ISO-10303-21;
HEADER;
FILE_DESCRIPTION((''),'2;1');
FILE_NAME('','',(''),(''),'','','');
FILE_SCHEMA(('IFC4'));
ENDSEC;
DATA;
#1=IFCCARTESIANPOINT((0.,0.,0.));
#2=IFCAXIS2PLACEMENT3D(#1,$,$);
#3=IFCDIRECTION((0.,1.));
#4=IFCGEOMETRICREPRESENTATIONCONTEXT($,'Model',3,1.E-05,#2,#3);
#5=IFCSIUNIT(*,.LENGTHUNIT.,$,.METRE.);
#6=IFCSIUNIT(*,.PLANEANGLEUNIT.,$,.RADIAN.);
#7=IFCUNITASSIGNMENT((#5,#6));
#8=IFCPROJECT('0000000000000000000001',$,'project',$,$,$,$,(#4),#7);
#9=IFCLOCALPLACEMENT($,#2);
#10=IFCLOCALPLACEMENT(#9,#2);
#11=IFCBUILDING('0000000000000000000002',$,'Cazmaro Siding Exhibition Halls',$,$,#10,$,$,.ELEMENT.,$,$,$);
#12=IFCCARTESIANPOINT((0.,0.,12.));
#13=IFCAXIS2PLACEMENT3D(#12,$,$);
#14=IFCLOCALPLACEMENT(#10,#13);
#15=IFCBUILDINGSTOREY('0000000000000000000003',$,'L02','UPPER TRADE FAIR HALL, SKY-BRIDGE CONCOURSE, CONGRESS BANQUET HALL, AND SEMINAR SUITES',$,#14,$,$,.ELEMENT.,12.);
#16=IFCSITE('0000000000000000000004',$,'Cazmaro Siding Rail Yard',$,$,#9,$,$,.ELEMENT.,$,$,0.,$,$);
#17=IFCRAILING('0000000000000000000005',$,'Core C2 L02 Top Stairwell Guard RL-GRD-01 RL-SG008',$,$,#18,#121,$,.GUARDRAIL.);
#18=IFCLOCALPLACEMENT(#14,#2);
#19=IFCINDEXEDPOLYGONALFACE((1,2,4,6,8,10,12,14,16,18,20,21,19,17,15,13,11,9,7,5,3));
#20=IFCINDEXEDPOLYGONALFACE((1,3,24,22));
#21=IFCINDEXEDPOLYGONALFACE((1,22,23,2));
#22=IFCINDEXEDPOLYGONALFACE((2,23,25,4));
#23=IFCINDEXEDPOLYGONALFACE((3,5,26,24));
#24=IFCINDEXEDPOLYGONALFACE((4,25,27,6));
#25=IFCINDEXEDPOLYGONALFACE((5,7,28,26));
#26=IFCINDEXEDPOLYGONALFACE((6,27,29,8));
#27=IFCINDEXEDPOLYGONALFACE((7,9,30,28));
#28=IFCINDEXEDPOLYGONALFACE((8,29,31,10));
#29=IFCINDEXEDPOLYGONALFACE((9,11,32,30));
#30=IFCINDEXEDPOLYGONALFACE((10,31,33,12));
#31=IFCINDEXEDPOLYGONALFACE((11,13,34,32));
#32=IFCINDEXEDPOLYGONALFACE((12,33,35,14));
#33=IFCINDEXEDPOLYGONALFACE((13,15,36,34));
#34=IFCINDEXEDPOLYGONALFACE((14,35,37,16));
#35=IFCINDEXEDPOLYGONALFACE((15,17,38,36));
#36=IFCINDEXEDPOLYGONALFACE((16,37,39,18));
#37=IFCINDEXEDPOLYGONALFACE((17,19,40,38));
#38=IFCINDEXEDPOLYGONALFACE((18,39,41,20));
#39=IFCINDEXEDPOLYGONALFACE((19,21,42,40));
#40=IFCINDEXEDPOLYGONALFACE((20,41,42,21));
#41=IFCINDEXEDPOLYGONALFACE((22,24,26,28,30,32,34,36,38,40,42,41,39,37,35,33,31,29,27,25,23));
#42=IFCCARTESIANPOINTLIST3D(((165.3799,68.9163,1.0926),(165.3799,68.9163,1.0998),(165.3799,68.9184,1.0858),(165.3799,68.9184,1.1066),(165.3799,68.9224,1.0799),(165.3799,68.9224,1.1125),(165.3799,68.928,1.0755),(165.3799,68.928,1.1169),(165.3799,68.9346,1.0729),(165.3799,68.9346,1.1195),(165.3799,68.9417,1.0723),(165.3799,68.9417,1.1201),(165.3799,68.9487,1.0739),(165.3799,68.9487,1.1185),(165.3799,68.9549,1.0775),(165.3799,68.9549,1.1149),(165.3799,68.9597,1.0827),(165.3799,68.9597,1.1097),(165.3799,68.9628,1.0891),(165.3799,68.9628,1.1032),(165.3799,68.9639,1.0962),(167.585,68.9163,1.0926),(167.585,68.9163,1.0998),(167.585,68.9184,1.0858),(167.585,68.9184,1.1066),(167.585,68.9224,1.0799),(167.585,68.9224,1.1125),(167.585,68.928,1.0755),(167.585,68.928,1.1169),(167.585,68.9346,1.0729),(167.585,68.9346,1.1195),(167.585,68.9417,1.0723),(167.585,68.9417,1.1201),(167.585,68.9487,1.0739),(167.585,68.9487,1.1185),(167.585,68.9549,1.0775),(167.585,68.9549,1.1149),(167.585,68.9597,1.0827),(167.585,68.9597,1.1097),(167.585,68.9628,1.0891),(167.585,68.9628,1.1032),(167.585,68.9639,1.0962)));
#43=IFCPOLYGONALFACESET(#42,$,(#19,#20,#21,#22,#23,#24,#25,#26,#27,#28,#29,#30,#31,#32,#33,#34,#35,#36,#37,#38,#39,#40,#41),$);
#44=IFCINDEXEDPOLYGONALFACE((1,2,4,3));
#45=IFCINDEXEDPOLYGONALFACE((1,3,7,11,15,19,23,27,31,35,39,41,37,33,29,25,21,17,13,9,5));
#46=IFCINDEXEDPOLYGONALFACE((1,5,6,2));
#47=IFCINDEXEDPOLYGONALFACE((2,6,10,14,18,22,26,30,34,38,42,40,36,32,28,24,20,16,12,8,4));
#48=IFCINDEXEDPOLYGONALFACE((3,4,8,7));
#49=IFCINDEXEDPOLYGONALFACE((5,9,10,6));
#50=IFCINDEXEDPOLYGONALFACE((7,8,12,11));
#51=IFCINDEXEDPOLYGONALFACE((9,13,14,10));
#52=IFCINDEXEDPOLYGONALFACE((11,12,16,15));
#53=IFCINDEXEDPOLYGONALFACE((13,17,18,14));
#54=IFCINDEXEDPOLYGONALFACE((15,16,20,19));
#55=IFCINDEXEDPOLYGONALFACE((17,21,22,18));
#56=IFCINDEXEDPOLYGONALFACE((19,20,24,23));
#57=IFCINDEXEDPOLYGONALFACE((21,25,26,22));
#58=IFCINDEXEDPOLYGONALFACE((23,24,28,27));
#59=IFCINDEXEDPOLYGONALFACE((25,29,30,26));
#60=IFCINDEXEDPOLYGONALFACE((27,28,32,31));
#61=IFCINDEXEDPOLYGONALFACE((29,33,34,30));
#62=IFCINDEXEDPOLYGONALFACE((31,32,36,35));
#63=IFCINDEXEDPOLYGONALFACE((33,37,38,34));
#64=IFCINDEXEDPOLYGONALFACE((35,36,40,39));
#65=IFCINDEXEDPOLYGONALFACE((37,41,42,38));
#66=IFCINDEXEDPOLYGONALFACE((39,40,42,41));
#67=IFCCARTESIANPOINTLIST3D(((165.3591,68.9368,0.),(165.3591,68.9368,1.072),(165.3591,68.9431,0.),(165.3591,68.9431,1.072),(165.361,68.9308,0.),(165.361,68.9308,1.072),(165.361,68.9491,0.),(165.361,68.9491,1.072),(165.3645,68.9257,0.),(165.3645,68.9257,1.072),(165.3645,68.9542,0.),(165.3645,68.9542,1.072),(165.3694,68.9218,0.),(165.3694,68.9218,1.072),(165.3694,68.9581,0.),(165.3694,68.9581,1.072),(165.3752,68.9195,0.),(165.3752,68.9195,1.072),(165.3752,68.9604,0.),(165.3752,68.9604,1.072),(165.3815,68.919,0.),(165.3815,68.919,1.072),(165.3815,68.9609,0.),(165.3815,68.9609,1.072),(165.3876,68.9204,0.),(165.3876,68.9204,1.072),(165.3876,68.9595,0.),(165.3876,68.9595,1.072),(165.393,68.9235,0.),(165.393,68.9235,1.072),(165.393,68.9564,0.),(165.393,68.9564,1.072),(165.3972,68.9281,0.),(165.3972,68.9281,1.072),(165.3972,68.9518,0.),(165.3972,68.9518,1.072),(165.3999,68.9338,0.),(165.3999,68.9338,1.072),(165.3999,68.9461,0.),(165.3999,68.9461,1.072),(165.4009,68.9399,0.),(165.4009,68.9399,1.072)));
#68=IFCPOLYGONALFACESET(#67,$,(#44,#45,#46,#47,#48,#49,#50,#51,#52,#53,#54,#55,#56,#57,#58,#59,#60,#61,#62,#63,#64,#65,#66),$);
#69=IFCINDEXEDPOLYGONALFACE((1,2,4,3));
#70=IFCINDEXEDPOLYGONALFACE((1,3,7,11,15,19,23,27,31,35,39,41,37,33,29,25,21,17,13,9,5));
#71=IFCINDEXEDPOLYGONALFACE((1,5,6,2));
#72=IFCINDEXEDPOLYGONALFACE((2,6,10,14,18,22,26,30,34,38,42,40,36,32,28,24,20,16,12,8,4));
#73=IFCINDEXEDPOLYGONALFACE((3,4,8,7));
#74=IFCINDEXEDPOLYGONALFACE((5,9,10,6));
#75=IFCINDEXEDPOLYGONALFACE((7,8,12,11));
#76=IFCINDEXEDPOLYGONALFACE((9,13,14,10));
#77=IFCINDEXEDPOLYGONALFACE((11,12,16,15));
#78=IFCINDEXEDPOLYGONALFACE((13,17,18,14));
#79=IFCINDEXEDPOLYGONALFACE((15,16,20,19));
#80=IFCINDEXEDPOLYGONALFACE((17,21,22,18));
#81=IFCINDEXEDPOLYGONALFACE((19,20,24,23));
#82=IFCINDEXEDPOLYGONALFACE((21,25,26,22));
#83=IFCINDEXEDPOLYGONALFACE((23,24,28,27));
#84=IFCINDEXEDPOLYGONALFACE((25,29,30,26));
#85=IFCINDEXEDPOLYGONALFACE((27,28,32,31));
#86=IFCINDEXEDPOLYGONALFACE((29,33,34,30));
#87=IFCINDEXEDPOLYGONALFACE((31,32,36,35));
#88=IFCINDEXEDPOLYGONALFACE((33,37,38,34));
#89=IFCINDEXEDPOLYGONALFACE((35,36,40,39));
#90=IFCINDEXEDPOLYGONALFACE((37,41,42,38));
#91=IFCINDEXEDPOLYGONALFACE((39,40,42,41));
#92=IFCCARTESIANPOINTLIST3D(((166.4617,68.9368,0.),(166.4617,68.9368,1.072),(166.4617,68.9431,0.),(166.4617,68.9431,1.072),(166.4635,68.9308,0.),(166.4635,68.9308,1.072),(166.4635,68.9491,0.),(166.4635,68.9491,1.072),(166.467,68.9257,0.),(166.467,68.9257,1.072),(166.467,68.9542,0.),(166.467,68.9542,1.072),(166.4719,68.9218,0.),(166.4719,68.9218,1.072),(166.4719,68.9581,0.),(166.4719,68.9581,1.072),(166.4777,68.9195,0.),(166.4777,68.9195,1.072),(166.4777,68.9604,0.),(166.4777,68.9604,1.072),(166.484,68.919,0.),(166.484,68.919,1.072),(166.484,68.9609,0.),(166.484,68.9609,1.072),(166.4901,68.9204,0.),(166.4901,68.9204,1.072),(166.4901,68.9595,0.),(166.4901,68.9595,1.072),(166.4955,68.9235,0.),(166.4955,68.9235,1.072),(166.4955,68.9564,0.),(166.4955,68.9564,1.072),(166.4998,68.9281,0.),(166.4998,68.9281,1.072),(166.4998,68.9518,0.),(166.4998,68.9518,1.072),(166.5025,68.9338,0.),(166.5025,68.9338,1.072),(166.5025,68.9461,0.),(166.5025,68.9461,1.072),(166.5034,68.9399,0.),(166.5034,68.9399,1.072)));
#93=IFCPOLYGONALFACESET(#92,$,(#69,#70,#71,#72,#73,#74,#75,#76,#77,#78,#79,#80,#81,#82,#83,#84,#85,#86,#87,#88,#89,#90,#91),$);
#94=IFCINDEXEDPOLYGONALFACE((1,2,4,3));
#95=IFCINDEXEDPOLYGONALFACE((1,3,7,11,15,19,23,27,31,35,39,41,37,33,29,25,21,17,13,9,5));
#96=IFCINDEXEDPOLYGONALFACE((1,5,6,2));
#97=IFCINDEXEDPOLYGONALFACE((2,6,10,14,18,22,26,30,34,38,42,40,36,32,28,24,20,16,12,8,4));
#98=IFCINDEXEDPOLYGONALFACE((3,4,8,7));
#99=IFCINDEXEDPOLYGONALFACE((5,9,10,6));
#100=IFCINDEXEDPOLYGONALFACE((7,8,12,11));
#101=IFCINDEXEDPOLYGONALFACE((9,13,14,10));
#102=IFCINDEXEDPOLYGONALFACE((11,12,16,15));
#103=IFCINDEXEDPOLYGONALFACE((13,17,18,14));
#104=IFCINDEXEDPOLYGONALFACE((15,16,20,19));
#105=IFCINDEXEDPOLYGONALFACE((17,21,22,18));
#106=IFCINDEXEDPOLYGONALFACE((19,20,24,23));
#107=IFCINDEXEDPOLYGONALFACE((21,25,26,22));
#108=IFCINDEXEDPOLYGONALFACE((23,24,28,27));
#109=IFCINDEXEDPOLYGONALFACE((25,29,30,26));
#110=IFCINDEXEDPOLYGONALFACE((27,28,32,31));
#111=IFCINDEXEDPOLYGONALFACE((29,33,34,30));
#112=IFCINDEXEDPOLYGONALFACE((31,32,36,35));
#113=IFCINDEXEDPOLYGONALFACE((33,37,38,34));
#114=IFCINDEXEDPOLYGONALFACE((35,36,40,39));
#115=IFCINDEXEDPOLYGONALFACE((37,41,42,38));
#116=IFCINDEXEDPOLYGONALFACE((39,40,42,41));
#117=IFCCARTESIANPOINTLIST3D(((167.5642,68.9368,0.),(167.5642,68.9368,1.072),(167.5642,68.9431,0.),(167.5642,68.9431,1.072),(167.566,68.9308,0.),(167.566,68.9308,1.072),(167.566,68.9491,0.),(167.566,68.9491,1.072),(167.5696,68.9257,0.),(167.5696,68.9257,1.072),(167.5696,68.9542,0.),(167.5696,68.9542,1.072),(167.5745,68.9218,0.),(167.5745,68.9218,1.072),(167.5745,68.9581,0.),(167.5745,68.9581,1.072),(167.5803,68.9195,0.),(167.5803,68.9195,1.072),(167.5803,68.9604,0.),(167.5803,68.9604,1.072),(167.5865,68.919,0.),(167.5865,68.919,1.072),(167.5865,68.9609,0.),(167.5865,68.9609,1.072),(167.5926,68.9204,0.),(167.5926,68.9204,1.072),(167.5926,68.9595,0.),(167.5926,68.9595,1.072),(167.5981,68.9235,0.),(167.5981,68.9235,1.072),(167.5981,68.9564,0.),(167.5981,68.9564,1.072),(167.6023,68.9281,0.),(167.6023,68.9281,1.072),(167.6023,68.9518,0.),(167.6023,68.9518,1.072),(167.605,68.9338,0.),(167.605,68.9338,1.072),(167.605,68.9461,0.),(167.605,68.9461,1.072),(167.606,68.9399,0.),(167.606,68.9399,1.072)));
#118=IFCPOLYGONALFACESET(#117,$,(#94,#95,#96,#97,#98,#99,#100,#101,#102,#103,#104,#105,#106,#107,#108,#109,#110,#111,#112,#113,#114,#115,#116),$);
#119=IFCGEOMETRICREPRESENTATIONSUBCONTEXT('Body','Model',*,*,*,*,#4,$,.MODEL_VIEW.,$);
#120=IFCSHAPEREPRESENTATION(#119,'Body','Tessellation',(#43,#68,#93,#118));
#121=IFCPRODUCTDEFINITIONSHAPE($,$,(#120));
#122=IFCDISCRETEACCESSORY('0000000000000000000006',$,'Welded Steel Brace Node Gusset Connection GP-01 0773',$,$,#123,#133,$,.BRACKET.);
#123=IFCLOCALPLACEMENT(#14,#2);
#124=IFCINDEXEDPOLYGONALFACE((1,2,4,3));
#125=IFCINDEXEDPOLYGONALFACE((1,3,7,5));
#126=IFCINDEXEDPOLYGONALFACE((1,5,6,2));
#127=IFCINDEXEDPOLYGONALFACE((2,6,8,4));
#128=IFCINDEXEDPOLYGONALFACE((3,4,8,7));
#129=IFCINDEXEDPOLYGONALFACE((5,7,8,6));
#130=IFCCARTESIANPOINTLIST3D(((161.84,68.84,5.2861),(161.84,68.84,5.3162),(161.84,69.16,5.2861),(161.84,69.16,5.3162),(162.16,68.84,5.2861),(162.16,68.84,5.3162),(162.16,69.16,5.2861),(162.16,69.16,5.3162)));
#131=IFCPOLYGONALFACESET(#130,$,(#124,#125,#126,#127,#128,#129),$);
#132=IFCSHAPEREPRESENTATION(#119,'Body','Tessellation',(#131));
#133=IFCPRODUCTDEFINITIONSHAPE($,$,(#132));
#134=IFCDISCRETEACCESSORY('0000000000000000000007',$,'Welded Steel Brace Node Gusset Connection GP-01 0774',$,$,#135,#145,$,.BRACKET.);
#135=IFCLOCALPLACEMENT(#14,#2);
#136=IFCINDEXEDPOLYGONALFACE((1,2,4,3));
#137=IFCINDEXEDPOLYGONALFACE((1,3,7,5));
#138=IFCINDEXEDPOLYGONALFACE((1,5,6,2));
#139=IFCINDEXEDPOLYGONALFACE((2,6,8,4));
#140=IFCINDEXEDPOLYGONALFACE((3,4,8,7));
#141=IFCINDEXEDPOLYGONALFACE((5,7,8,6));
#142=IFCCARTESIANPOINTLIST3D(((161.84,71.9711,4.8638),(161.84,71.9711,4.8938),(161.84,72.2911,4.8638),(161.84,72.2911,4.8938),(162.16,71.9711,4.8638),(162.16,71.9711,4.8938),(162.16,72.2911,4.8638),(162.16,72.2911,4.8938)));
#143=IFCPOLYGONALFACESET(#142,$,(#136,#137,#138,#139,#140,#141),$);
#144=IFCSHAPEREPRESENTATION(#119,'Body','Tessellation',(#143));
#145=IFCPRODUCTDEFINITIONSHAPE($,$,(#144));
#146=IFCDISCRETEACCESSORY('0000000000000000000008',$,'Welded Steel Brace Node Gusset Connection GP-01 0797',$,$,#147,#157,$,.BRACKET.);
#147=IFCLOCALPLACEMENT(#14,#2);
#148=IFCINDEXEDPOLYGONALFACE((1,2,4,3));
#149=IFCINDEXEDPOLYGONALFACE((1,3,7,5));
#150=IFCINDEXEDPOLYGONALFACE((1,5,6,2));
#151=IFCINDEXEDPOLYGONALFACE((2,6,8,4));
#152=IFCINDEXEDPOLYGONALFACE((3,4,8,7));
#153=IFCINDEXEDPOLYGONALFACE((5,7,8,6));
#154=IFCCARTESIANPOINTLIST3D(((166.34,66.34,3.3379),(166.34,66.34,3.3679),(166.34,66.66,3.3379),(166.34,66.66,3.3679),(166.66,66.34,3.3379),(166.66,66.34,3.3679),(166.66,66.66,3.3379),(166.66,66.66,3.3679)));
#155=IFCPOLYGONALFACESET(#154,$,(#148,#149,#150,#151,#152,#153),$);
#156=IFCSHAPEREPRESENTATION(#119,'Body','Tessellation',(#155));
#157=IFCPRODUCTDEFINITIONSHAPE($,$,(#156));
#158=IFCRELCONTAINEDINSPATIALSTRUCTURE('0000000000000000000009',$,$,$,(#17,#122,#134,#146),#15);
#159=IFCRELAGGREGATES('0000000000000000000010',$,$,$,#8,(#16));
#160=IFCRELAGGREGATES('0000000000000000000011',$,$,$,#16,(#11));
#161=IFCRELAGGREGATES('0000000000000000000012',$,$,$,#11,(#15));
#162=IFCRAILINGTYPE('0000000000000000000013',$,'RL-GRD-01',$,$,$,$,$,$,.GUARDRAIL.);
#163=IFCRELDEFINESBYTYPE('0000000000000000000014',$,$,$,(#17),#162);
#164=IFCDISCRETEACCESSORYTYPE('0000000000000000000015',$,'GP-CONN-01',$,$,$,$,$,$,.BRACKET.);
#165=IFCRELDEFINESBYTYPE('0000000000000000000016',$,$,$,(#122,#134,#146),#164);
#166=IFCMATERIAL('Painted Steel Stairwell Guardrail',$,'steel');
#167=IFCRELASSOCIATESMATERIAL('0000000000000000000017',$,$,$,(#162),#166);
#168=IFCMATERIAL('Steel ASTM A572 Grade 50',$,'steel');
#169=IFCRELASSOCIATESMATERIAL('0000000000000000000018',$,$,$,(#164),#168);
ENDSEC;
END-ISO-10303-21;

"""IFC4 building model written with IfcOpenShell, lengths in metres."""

from ifc_helpers import new_model, si_unit, direction, frame, origin, origin_2d, place, context, subcontext, project, spatial, rectangle, circle, extrude, material, type_object, element, save


model = new_model("IFC4")

# Units and contexts
model_context = context("Model", 3, precision=1e-05, world=origin(), true_north=direction((0.0, 1.0)))
body_context = subcontext(model_context, "Body", "Model", "MODEL_VIEW")
ifc_project = project(units=[si_unit("LENGTHUNIT", "METRE"), si_unit("PLANEANGLEUNIT", "RADIAN")], contexts=[model_context])

# Site, building, storey
site_placement = place(None, origin())
site = spatial("IfcSite", under=ifc_project, at=site_placement, Name="Cazmaro Siding Rail Yard", CompositionType="ELEMENT", RefElevation=0.0)
building_placement = place(site_placement, origin())
building = spatial("IfcBuilding", under=site, at=building_placement, Name="Cazmaro Siding Exhibition Halls", CompositionType="ELEMENT")
storey_placement = place(building_placement, frame((0.0, 0.0, 12.0)))
storey = spatial("IfcBuildingStorey", under=building, at=storey_placement, Name="L02", Description="UPPER TRADE FAIR HALL, SKY-BRIDGE CONCOURSE, CONGRESS BANQUET HALL, AND SEMINAR SUITES", CompositionType="ELEMENT", Elevation=12.0)

# Railing
ifc_material_1 = material(Name="Painted Steel Stairwell Guardrail", Category="steel")
railing_type = type_object("IfcRailingType", Name="RL-GRD-01", PredefinedType="GUARDRAIL", material=ifc_material_1)
railing_placement = place(storey_placement, frame((165.3799, 68.9399, 0.0)))
element("IfcRailing", 1, at=railing_placement, inside=storey, type_object=railing_type, Name="Core C2 L02 Top Stairwell Guard RL-GRD-01 RL-SG008", PredefinedType="GUARDRAIL", context=body_context, shape_type="SweptSolid", body=[
    extrude(circle(Radius=0.0239, at=origin_2d()), frame((0.0, 0.0, 1.0962), z_axis=(1.0, 0.0, 0.0), x_axis=(0.0, 1.0, 0.0)), (0.0, 0.0, 1.0), 2.2051),
    extrude(circle(Radius=0.021, at=origin_2d()), origin(), (0.0, 0.0, 1.0), 1.072),
    extrude(circle(Radius=0.021, at=origin_2d()), frame((1.1025, 0.0, 0.0)), (0.0, 0.0, 1.0), 1.072),
    extrude(circle(Radius=0.021, at=origin_2d()), frame((2.2051, 0.0, 0.0)), (0.0, 0.0, 1.0), 1.072),
])

# Discrete accessories
ifc_material_2 = material(Name="Steel ASTM A572 Grade 50", Category="steel")
discrete_accessory_type = type_object("IfcDiscreteAccessoryType", Name="GP-CONN-01", PredefinedType="BRACKET", material=ifc_material_2)
for number, where, z_axis, x_axis, name in (
    (2, (162.0, 69.0, 5.2861), (0.0, 0.0, 1.0), (1.0, 0.0, 0.0), "Welded Steel Brace Node Gusset Connection GP-01 0773"),
    (3, (162.0, 72.1311, 4.8638), (0.0, 0.0, 1.0), (1.0, 0.0, 0.0), "Welded Steel Brace Node Gusset Connection GP-01 0774"),
    (4, (166.5, 66.5, 3.3379), (0.0, 0.0, 1.0), (1.0, 0.0, 0.0), "Welded Steel Brace Node Gusset Connection GP-01 0797"),
):
    element("IfcDiscreteAccessory", number, at=place(storey_placement, frame(where, z_axis=z_axis, x_axis=x_axis)), inside=storey, type_object=discrete_accessory_type, Name=name, PredefinedType="BRACKET", context=body_context, shape_type="SweptSolid", body=[
        extrude(rectangle(XDim=0.3201, YDim=0.3201, at=origin_2d()), origin(), (0.0, 0.0, 1.0), 0.03),
    ])

save(model, "model.ifc")
